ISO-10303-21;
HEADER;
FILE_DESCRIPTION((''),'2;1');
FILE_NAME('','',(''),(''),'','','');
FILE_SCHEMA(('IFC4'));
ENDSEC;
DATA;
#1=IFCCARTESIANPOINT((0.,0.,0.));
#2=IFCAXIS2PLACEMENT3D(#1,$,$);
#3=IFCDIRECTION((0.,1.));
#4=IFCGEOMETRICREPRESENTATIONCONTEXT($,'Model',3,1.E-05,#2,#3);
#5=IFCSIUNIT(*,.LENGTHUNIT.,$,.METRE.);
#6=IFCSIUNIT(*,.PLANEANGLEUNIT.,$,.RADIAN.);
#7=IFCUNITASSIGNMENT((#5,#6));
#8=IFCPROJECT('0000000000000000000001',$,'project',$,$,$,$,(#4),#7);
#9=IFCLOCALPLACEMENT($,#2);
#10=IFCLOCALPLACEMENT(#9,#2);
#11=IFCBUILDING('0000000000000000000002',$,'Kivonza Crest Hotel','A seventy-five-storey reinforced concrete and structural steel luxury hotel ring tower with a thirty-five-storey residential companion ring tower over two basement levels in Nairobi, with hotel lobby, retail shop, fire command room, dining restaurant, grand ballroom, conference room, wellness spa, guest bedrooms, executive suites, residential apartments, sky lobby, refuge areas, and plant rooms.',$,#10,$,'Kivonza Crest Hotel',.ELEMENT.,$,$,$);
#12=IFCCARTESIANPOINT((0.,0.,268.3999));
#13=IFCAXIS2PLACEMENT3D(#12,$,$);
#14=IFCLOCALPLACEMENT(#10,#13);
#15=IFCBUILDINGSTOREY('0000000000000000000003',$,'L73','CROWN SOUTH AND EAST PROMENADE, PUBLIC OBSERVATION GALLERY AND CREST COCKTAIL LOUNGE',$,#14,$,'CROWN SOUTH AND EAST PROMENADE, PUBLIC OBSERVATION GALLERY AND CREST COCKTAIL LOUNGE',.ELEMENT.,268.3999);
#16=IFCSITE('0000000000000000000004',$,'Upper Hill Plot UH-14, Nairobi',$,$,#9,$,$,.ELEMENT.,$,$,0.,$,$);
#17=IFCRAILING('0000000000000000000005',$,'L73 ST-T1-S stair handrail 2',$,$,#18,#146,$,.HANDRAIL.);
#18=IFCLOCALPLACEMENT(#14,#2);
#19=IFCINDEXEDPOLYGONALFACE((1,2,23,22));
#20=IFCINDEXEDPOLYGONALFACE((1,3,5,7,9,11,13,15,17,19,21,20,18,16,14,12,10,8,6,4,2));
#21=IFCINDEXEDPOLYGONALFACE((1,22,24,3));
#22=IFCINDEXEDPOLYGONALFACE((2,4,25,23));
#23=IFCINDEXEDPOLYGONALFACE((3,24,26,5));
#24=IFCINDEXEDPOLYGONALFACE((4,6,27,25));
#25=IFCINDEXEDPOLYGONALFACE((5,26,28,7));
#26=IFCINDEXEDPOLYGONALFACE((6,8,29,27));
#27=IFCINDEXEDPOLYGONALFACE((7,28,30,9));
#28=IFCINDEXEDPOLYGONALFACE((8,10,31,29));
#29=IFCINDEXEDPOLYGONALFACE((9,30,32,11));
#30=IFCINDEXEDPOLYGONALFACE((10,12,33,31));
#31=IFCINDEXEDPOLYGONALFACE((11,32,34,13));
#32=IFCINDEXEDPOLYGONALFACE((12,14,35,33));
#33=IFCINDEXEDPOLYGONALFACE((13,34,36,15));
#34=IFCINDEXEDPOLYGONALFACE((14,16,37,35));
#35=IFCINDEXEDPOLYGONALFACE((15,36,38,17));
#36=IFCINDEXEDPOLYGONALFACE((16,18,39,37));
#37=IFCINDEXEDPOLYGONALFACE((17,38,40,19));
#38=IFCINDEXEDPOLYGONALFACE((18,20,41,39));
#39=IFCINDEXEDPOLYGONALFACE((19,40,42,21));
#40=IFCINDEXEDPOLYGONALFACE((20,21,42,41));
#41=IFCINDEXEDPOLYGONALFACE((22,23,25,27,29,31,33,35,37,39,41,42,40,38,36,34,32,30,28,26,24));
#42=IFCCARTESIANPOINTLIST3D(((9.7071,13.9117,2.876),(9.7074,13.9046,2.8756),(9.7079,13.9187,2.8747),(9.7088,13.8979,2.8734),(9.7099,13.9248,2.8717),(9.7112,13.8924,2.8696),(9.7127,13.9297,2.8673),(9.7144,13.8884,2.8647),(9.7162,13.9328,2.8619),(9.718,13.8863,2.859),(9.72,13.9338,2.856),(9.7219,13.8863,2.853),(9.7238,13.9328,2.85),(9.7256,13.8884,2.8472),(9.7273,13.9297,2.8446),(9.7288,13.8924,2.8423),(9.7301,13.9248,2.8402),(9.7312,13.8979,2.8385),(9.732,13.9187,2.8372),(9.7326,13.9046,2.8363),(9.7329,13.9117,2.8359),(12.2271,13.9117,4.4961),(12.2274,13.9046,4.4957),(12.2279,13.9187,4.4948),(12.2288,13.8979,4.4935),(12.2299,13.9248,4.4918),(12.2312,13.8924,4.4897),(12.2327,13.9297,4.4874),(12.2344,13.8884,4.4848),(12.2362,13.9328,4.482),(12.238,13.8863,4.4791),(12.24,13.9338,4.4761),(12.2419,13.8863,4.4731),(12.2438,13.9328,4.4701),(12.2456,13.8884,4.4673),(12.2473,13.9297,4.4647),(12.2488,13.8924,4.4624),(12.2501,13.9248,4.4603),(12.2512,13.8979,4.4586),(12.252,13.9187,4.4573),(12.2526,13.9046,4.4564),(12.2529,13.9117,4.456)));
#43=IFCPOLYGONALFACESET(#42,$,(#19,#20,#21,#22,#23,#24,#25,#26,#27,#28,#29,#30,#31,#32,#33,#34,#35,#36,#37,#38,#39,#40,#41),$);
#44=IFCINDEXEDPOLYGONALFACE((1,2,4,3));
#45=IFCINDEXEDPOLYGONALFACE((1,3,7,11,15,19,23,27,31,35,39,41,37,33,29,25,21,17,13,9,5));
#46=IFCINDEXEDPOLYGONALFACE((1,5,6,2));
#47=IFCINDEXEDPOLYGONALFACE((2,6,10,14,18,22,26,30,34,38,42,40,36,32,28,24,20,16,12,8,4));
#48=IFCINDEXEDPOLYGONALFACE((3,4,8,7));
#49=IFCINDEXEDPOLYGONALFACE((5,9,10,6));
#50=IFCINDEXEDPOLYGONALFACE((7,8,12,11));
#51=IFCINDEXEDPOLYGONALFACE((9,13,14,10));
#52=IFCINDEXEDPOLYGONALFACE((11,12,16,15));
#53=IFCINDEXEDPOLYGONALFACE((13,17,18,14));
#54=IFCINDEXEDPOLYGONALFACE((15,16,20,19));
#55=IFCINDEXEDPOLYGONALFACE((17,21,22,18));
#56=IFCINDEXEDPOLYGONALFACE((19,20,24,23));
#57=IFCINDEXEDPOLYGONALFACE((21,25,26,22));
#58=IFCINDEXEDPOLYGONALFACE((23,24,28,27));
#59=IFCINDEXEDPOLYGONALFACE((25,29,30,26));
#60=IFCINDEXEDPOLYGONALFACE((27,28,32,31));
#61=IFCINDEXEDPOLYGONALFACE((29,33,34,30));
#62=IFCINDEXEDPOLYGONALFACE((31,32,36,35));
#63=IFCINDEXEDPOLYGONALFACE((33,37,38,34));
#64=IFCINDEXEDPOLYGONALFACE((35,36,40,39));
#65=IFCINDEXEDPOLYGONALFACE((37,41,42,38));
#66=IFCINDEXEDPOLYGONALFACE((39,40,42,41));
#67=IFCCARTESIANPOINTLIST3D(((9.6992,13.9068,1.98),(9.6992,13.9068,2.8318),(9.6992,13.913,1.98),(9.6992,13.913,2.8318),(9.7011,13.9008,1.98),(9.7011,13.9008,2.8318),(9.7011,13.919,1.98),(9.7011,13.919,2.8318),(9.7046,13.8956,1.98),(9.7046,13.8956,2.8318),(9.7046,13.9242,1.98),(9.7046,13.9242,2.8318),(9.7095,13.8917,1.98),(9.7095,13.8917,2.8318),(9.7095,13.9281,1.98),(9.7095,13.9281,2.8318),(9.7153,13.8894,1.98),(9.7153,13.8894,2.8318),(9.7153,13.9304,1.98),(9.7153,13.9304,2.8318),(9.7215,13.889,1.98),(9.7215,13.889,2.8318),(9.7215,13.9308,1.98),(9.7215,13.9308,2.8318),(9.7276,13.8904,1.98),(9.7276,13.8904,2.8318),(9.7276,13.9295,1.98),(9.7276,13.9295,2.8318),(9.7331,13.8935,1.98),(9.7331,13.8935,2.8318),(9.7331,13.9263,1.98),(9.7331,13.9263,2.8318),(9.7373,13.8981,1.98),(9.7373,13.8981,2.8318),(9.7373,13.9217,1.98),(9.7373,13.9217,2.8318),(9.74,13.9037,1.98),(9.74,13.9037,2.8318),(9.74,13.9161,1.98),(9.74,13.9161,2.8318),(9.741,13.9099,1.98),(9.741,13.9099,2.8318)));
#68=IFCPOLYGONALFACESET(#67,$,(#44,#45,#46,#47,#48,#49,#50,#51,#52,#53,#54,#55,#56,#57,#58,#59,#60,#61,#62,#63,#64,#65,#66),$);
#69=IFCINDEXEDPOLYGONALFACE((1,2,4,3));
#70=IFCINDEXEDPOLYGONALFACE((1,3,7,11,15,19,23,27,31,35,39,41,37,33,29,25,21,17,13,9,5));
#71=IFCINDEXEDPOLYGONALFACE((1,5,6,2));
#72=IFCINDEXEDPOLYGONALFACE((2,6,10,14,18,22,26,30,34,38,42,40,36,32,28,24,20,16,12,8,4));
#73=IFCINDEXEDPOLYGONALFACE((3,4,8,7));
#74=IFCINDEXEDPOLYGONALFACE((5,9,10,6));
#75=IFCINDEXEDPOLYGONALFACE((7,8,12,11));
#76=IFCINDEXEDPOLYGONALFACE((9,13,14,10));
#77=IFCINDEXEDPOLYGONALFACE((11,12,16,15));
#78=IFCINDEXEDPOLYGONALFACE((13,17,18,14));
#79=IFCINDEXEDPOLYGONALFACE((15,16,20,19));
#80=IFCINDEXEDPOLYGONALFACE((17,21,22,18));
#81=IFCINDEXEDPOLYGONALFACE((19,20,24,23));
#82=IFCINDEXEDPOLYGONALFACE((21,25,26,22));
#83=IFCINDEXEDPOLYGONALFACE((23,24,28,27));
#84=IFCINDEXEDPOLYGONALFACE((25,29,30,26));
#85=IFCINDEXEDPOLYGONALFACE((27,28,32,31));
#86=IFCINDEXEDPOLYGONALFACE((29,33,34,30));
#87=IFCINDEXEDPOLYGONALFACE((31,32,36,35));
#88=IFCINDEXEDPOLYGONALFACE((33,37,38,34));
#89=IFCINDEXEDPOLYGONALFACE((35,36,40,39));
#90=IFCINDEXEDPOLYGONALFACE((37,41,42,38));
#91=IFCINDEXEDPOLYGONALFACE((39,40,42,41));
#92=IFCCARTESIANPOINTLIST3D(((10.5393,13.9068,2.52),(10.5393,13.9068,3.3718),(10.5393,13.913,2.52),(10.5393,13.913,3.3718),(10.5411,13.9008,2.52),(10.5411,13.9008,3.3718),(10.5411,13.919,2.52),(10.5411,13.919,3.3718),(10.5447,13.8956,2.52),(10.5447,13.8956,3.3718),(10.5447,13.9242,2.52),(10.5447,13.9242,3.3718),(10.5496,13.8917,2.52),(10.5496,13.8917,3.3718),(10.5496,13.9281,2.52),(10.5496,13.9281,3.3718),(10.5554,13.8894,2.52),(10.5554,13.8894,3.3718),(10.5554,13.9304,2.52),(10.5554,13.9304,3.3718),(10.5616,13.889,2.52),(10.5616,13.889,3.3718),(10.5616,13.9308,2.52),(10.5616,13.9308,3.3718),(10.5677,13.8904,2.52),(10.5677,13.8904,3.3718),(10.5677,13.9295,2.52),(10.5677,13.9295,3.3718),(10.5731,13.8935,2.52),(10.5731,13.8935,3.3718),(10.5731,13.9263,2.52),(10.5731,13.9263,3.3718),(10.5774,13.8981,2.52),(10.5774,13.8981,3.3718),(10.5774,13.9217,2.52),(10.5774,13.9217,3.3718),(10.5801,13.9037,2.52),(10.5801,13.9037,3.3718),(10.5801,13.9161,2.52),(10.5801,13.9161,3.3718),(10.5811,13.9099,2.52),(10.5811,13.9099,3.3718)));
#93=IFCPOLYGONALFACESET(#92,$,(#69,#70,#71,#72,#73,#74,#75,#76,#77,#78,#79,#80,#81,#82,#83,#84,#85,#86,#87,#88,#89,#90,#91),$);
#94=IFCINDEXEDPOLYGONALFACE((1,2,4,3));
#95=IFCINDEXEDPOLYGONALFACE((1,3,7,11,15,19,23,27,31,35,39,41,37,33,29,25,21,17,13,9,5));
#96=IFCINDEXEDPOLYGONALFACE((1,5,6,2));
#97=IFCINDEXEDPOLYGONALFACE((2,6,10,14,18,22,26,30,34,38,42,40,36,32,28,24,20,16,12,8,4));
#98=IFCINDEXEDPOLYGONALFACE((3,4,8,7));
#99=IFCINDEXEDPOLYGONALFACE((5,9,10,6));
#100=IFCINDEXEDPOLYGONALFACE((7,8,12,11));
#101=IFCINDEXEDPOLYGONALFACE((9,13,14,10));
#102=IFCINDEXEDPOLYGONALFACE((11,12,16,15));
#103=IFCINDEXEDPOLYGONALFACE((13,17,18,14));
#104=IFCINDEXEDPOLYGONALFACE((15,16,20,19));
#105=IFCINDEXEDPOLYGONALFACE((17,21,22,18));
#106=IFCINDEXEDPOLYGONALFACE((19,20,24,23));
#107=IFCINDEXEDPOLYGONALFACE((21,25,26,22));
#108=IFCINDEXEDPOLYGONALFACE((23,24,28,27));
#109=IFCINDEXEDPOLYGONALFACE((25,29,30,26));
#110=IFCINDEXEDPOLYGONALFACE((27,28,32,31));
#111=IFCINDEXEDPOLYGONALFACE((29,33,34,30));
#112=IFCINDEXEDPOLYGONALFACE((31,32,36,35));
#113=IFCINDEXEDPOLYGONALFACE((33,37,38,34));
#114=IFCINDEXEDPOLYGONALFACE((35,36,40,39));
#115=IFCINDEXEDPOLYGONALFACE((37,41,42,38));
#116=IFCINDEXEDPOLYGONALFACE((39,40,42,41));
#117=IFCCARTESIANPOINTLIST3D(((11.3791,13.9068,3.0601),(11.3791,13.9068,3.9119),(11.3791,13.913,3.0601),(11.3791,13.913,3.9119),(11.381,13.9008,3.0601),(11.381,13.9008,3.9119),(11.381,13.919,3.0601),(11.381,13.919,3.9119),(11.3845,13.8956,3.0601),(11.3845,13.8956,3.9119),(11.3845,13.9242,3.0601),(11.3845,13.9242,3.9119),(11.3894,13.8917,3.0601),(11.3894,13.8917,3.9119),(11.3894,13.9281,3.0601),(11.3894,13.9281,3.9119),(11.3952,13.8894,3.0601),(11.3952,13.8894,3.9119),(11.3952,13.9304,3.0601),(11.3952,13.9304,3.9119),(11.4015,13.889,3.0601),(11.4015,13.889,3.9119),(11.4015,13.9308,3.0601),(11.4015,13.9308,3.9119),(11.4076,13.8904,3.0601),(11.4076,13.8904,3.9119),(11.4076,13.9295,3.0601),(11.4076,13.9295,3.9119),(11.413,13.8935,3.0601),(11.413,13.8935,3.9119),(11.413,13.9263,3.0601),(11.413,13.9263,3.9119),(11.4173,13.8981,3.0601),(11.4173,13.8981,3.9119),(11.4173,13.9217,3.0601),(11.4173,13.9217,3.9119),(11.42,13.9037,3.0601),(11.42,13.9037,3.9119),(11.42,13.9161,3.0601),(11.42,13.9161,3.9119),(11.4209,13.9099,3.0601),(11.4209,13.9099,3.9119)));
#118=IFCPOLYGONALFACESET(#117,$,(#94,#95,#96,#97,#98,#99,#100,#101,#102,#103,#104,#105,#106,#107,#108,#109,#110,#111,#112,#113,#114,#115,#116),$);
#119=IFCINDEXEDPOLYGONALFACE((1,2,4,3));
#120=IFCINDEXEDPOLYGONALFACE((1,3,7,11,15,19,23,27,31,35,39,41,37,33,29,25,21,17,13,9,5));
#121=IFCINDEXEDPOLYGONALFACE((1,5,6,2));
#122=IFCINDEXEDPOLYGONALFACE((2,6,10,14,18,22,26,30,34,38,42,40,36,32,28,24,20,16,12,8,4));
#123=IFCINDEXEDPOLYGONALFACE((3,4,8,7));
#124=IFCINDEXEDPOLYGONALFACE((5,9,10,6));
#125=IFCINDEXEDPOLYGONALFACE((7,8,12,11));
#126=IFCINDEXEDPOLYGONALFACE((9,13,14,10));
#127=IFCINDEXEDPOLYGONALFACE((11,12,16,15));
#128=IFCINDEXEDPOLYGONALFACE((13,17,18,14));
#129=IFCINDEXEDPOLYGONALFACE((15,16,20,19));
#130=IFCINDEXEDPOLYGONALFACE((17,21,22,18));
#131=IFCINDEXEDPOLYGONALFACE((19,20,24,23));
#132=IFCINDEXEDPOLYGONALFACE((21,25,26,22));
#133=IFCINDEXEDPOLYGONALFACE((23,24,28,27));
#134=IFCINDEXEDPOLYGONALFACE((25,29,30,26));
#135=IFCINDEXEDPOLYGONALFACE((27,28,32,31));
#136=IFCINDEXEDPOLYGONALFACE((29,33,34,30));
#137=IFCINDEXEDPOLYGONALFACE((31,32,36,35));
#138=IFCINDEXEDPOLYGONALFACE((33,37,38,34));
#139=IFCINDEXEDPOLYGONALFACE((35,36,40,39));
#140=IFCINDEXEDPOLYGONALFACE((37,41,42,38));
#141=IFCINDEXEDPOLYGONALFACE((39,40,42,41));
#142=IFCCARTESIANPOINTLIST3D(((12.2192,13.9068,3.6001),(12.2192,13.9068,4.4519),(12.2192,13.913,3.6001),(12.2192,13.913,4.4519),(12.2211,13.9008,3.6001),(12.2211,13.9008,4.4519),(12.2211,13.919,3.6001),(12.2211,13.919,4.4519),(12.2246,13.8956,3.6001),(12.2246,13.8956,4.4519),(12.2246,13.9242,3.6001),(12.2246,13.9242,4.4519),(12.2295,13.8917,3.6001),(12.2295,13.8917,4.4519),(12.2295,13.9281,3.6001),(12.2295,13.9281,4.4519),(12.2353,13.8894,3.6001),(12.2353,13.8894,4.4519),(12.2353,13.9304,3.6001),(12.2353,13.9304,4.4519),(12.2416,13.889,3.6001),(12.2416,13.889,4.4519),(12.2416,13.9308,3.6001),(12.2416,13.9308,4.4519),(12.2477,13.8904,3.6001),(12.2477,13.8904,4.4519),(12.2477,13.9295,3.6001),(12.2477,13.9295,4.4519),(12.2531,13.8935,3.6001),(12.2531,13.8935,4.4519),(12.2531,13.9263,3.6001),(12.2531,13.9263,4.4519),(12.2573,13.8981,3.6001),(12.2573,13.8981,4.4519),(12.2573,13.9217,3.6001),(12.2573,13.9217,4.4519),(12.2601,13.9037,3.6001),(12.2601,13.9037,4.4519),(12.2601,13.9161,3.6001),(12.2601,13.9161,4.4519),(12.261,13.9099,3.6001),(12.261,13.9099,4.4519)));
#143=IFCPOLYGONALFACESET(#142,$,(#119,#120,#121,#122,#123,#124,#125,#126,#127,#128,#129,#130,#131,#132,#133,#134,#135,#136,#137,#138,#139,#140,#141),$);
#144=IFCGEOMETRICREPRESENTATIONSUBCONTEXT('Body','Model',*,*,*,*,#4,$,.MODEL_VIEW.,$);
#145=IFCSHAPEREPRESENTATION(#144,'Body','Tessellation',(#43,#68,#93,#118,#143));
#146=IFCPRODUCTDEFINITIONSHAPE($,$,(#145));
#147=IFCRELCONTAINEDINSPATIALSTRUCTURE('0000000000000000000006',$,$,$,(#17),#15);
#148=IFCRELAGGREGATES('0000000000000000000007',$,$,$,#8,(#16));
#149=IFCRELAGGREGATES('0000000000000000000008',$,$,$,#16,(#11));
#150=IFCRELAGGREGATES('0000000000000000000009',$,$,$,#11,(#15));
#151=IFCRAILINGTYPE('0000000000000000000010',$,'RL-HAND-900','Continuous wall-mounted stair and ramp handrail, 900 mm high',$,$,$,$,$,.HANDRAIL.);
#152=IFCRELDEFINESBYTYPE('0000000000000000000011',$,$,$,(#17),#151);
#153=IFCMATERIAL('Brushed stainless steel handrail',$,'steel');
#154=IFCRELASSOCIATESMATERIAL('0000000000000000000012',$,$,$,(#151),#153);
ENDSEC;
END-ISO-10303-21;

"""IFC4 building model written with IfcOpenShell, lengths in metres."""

from ifc_helpers import new_model, si_unit, direction, frame, origin, origin_2d, place, context, subcontext, project, spatial, circle, extrude, material, type_object, element, save


model = new_model("IFC4")

# Units and contexts
model_context = context("Model", 3, precision=1e-05, world=origin(), true_north=direction((0.0, 1.0)))
body_context = subcontext(model_context, "Body", "Model", "MODEL_VIEW")
ifc_project = project(units=[si_unit("LENGTHUNIT", "METRE"), si_unit("PLANEANGLEUNIT", "RADIAN")], contexts=[model_context])

# Site, building, storey
site_placement = place(None, origin())
site = spatial("IfcSite", under=ifc_project, at=site_placement, Name="Upper Hill Plot UH-14, Nairobi", CompositionType="ELEMENT", RefElevation=0.0)
building_placement = place(site_placement, origin())
building = spatial("IfcBuilding", under=site, at=building_placement, Name="Kivonza Crest Hotel", Description="A seventy-five-storey reinforced concrete and structural steel luxury hotel ring tower with a thirty-five-storey residential companion ring tower over two basement levels in Nairobi, with hotel lobby, retail shop, fire command room, dining restaurant, grand ballroom, conference room, wellness spa, guest bedrooms, executive suites, residential apartments, sky lobby, refuge areas, and plant rooms.", LongName="Kivonza Crest Hotel", CompositionType="ELEMENT")
storey_placement = place(building_placement, frame((0.0, 0.0, 268.3999)))
storey = spatial("IfcBuildingStorey", under=building, at=storey_placement, Name="L73", Description="CROWN SOUTH AND EAST PROMENADE, PUBLIC OBSERVATION GALLERY AND CREST COCKTAIL LOUNGE", LongName="CROWN SOUTH AND EAST PROMENADE, PUBLIC OBSERVATION GALLERY AND CREST COCKTAIL LOUNGE", CompositionType="ELEMENT", Elevation=268.3999)

# Railing
ifc_material_1 = material(Name="Brushed stainless steel handrail", Category="steel")
railing_type_1 = type_object("IfcRailingType", Name="RL-HAND-900", Description="Continuous wall-mounted stair and ramp handrail, 900 mm high", PredefinedType="HANDRAIL", material=ifc_material_1)
railing_1_placement = place(storey_placement, frame((9.72, 13.9099, 1.98)))
element("IfcRailing", 1, at=railing_1_placement, inside=storey, type_object=railing_type_1, Name="L73 ST-T1-S stair handrail 2", PredefinedType="HANDRAIL", context=body_context, shape_type="SweptSolid", body=[
    extrude(circle(Radius=0.0239, at=origin_2d()), frame((0.0, 0.0, 0.876), z_axis=(0.841163, 0.0, 0.540782), x_axis=(0.0, 1.0, 0.0)), (0.0, 0.0, 1.0), 2.9958),
    extrude(circle(Radius=0.021, at=origin_2d()), origin(), (0.0, 0.0, 1.0), 0.8518),
    extrude(circle(Radius=0.021, at=origin_2d()), frame((0.8401, 0.0, 0.54)), (0.0, 0.0, 1.0), 0.8518),
    extrude(circle(Radius=0.021, at=origin_2d()), frame((1.6799, 0.0, 1.0801)), (0.0, 0.0, 1.0), 0.8518),
    extrude(circle(Radius=0.021, at=origin_2d()), frame((2.52, 0.0, 1.6201)), (0.0, 0.0, 1.0), 0.8518),
])

save(model, "model.ifc")
